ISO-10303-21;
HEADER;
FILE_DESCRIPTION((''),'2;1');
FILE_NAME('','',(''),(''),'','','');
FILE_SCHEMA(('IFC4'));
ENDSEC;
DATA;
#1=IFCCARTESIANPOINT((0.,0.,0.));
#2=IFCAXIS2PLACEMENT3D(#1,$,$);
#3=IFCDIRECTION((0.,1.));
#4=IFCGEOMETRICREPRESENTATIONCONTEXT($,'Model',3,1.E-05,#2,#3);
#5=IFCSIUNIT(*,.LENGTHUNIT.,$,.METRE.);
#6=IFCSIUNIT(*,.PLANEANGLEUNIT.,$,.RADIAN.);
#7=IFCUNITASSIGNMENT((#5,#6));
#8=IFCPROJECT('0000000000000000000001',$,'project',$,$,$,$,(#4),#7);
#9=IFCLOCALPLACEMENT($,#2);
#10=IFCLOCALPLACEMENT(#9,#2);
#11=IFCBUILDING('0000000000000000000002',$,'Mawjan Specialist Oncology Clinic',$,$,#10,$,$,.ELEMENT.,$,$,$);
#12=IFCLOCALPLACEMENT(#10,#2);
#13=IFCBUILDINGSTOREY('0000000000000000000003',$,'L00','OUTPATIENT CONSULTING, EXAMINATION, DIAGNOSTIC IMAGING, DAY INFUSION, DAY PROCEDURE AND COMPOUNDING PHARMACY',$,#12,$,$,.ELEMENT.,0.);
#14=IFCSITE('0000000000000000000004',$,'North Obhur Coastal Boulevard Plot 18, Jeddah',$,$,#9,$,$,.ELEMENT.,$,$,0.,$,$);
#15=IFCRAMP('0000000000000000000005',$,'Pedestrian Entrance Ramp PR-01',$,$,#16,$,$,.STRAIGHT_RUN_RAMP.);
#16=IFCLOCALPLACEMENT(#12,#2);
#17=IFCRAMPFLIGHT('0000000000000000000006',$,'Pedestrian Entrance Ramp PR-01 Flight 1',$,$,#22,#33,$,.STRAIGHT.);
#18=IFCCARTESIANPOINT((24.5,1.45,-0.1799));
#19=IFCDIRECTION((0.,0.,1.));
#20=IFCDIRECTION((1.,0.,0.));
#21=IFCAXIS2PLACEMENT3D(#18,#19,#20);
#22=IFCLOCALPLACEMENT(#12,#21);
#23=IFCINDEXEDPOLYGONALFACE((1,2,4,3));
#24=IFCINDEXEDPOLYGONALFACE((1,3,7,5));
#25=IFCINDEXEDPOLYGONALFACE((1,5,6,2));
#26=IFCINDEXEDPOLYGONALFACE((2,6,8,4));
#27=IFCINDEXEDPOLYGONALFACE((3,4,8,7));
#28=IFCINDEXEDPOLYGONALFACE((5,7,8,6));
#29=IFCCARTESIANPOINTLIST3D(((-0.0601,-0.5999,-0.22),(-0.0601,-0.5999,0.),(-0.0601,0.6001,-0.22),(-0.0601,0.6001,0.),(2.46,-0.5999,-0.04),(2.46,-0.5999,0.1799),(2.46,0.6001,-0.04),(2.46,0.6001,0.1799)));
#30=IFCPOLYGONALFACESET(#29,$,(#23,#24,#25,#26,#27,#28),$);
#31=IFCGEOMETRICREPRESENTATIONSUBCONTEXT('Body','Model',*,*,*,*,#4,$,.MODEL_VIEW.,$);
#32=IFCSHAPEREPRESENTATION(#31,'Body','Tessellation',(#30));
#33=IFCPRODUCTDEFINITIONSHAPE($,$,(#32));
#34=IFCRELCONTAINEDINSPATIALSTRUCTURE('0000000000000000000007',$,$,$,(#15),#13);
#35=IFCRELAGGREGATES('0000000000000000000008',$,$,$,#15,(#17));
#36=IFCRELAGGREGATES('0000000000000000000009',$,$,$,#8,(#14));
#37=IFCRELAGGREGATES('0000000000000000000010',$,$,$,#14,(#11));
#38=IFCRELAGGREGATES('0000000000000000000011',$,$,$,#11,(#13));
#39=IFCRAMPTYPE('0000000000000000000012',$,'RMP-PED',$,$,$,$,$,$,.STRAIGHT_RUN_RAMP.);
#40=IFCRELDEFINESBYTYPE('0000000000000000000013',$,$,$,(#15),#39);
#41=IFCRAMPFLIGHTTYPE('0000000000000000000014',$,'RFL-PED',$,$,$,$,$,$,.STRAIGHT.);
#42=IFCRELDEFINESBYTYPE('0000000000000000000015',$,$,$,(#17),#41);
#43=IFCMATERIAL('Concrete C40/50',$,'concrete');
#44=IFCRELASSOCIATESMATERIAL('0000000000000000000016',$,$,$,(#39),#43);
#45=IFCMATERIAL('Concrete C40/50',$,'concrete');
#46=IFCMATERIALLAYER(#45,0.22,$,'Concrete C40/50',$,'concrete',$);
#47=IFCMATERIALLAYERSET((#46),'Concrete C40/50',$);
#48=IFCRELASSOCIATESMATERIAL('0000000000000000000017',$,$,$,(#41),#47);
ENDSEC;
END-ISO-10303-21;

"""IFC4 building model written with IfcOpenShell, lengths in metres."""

from ifc_helpers import new_model, si_unit, direction, frame, origin, place, context, subcontext, project, spatial, polyline, outline, extrude, material, layer, layer_set, type_object, element, aggregate, save


model = new_model("IFC4")

# Units and contexts
model_context = context("Model", 3, precision=1e-05, world=origin(), true_north=direction((0.0, 1.0)))
body_context = subcontext(model_context, "Body", "Model", "MODEL_VIEW")
ifc_project = project(units=[si_unit("LENGTHUNIT", "METRE"), si_unit("PLANEANGLEUNIT", "RADIAN")], contexts=[model_context])

# Site, building, storey
site_placement = place(None, origin())
site = spatial("IfcSite", under=ifc_project, at=site_placement, Name="North Obhur Coastal Boulevard Plot 18, Jeddah", CompositionType="ELEMENT", RefElevation=0.0)
building_placement = place(site_placement, origin())
building = spatial("IfcBuilding", under=site, at=building_placement, Name="Mawjan Specialist Oncology Clinic", CompositionType="ELEMENT")
storey_placement = place(building_placement, origin())
storey = spatial("IfcBuildingStorey", under=building, at=storey_placement, Name="L00", Description="OUTPATIENT CONSULTING, EXAMINATION, DIAGNOSTIC IMAGING, DAY INFUSION, DAY PROCEDURE AND COMPOUNDING PHARMACY", CompositionType="ELEMENT", Elevation=0.0)

# Ramp, ramp flight
ifc_material_1 = material(Name="Concrete C40/50", Category="concrete")
ramp_type = type_object("IfcRampType", Name="RMP-PED", PredefinedType="STRAIGHT_RUN_RAMP", material=ifc_material_1)
ramp_placement = place(storey_placement, origin())
ramp = element("IfcRamp", 1, at=ramp_placement, inside=storey, type_object=ramp_type, Name="Pedestrian Entrance Ramp PR-01", PredefinedType="STRAIGHT_RUN_RAMP")
ifc_material_2 = material(Name="Concrete C40/50", Category="concrete")
ifc_layer_1 = layer(ifc_material_2, 0.22, Name="Concrete C40/50", Category="concrete")
ifc_layer_set_1 = layer_set([ifc_layer_1], Name="Concrete C40/50")
ramp_flight_type = type_object("IfcRampFlightType", Name="RFL-PED", PredefinedType="STRAIGHT", material=ifc_layer_set_1)
ramp_flight_placement = place(storey_placement, frame((24.5, 1.45, -0.1799), z_axis=(0.0, 0.0, 1.0), x_axis=(1.0, 0.0, 0.0)))
ramp_flight = element("IfcRampFlight", 2, at=ramp_flight_placement, type_object=ramp_flight_type, Name="Pedestrian Entrance Ramp PR-01 Flight 1", PredefinedType="STRAIGHT", context=body_context, shape_type="SweptSolid", body=[
    extrude(outline(polyline([(-0.0601, -0.22), (2.46, -0.04), (2.46, 0.1799), (-0.0601, 0.0), (-0.0601, -0.22)])), frame((0.0, 0.6001, 0.0), z_axis=(0.0, -1.0, 0.0), x_axis=(1.0, 0.0, 0.0)), (0.0, 0.0, 1.0), 1.2),
])
aggregate(ramp, [ramp_flight])

save(model, "model.ifc")
